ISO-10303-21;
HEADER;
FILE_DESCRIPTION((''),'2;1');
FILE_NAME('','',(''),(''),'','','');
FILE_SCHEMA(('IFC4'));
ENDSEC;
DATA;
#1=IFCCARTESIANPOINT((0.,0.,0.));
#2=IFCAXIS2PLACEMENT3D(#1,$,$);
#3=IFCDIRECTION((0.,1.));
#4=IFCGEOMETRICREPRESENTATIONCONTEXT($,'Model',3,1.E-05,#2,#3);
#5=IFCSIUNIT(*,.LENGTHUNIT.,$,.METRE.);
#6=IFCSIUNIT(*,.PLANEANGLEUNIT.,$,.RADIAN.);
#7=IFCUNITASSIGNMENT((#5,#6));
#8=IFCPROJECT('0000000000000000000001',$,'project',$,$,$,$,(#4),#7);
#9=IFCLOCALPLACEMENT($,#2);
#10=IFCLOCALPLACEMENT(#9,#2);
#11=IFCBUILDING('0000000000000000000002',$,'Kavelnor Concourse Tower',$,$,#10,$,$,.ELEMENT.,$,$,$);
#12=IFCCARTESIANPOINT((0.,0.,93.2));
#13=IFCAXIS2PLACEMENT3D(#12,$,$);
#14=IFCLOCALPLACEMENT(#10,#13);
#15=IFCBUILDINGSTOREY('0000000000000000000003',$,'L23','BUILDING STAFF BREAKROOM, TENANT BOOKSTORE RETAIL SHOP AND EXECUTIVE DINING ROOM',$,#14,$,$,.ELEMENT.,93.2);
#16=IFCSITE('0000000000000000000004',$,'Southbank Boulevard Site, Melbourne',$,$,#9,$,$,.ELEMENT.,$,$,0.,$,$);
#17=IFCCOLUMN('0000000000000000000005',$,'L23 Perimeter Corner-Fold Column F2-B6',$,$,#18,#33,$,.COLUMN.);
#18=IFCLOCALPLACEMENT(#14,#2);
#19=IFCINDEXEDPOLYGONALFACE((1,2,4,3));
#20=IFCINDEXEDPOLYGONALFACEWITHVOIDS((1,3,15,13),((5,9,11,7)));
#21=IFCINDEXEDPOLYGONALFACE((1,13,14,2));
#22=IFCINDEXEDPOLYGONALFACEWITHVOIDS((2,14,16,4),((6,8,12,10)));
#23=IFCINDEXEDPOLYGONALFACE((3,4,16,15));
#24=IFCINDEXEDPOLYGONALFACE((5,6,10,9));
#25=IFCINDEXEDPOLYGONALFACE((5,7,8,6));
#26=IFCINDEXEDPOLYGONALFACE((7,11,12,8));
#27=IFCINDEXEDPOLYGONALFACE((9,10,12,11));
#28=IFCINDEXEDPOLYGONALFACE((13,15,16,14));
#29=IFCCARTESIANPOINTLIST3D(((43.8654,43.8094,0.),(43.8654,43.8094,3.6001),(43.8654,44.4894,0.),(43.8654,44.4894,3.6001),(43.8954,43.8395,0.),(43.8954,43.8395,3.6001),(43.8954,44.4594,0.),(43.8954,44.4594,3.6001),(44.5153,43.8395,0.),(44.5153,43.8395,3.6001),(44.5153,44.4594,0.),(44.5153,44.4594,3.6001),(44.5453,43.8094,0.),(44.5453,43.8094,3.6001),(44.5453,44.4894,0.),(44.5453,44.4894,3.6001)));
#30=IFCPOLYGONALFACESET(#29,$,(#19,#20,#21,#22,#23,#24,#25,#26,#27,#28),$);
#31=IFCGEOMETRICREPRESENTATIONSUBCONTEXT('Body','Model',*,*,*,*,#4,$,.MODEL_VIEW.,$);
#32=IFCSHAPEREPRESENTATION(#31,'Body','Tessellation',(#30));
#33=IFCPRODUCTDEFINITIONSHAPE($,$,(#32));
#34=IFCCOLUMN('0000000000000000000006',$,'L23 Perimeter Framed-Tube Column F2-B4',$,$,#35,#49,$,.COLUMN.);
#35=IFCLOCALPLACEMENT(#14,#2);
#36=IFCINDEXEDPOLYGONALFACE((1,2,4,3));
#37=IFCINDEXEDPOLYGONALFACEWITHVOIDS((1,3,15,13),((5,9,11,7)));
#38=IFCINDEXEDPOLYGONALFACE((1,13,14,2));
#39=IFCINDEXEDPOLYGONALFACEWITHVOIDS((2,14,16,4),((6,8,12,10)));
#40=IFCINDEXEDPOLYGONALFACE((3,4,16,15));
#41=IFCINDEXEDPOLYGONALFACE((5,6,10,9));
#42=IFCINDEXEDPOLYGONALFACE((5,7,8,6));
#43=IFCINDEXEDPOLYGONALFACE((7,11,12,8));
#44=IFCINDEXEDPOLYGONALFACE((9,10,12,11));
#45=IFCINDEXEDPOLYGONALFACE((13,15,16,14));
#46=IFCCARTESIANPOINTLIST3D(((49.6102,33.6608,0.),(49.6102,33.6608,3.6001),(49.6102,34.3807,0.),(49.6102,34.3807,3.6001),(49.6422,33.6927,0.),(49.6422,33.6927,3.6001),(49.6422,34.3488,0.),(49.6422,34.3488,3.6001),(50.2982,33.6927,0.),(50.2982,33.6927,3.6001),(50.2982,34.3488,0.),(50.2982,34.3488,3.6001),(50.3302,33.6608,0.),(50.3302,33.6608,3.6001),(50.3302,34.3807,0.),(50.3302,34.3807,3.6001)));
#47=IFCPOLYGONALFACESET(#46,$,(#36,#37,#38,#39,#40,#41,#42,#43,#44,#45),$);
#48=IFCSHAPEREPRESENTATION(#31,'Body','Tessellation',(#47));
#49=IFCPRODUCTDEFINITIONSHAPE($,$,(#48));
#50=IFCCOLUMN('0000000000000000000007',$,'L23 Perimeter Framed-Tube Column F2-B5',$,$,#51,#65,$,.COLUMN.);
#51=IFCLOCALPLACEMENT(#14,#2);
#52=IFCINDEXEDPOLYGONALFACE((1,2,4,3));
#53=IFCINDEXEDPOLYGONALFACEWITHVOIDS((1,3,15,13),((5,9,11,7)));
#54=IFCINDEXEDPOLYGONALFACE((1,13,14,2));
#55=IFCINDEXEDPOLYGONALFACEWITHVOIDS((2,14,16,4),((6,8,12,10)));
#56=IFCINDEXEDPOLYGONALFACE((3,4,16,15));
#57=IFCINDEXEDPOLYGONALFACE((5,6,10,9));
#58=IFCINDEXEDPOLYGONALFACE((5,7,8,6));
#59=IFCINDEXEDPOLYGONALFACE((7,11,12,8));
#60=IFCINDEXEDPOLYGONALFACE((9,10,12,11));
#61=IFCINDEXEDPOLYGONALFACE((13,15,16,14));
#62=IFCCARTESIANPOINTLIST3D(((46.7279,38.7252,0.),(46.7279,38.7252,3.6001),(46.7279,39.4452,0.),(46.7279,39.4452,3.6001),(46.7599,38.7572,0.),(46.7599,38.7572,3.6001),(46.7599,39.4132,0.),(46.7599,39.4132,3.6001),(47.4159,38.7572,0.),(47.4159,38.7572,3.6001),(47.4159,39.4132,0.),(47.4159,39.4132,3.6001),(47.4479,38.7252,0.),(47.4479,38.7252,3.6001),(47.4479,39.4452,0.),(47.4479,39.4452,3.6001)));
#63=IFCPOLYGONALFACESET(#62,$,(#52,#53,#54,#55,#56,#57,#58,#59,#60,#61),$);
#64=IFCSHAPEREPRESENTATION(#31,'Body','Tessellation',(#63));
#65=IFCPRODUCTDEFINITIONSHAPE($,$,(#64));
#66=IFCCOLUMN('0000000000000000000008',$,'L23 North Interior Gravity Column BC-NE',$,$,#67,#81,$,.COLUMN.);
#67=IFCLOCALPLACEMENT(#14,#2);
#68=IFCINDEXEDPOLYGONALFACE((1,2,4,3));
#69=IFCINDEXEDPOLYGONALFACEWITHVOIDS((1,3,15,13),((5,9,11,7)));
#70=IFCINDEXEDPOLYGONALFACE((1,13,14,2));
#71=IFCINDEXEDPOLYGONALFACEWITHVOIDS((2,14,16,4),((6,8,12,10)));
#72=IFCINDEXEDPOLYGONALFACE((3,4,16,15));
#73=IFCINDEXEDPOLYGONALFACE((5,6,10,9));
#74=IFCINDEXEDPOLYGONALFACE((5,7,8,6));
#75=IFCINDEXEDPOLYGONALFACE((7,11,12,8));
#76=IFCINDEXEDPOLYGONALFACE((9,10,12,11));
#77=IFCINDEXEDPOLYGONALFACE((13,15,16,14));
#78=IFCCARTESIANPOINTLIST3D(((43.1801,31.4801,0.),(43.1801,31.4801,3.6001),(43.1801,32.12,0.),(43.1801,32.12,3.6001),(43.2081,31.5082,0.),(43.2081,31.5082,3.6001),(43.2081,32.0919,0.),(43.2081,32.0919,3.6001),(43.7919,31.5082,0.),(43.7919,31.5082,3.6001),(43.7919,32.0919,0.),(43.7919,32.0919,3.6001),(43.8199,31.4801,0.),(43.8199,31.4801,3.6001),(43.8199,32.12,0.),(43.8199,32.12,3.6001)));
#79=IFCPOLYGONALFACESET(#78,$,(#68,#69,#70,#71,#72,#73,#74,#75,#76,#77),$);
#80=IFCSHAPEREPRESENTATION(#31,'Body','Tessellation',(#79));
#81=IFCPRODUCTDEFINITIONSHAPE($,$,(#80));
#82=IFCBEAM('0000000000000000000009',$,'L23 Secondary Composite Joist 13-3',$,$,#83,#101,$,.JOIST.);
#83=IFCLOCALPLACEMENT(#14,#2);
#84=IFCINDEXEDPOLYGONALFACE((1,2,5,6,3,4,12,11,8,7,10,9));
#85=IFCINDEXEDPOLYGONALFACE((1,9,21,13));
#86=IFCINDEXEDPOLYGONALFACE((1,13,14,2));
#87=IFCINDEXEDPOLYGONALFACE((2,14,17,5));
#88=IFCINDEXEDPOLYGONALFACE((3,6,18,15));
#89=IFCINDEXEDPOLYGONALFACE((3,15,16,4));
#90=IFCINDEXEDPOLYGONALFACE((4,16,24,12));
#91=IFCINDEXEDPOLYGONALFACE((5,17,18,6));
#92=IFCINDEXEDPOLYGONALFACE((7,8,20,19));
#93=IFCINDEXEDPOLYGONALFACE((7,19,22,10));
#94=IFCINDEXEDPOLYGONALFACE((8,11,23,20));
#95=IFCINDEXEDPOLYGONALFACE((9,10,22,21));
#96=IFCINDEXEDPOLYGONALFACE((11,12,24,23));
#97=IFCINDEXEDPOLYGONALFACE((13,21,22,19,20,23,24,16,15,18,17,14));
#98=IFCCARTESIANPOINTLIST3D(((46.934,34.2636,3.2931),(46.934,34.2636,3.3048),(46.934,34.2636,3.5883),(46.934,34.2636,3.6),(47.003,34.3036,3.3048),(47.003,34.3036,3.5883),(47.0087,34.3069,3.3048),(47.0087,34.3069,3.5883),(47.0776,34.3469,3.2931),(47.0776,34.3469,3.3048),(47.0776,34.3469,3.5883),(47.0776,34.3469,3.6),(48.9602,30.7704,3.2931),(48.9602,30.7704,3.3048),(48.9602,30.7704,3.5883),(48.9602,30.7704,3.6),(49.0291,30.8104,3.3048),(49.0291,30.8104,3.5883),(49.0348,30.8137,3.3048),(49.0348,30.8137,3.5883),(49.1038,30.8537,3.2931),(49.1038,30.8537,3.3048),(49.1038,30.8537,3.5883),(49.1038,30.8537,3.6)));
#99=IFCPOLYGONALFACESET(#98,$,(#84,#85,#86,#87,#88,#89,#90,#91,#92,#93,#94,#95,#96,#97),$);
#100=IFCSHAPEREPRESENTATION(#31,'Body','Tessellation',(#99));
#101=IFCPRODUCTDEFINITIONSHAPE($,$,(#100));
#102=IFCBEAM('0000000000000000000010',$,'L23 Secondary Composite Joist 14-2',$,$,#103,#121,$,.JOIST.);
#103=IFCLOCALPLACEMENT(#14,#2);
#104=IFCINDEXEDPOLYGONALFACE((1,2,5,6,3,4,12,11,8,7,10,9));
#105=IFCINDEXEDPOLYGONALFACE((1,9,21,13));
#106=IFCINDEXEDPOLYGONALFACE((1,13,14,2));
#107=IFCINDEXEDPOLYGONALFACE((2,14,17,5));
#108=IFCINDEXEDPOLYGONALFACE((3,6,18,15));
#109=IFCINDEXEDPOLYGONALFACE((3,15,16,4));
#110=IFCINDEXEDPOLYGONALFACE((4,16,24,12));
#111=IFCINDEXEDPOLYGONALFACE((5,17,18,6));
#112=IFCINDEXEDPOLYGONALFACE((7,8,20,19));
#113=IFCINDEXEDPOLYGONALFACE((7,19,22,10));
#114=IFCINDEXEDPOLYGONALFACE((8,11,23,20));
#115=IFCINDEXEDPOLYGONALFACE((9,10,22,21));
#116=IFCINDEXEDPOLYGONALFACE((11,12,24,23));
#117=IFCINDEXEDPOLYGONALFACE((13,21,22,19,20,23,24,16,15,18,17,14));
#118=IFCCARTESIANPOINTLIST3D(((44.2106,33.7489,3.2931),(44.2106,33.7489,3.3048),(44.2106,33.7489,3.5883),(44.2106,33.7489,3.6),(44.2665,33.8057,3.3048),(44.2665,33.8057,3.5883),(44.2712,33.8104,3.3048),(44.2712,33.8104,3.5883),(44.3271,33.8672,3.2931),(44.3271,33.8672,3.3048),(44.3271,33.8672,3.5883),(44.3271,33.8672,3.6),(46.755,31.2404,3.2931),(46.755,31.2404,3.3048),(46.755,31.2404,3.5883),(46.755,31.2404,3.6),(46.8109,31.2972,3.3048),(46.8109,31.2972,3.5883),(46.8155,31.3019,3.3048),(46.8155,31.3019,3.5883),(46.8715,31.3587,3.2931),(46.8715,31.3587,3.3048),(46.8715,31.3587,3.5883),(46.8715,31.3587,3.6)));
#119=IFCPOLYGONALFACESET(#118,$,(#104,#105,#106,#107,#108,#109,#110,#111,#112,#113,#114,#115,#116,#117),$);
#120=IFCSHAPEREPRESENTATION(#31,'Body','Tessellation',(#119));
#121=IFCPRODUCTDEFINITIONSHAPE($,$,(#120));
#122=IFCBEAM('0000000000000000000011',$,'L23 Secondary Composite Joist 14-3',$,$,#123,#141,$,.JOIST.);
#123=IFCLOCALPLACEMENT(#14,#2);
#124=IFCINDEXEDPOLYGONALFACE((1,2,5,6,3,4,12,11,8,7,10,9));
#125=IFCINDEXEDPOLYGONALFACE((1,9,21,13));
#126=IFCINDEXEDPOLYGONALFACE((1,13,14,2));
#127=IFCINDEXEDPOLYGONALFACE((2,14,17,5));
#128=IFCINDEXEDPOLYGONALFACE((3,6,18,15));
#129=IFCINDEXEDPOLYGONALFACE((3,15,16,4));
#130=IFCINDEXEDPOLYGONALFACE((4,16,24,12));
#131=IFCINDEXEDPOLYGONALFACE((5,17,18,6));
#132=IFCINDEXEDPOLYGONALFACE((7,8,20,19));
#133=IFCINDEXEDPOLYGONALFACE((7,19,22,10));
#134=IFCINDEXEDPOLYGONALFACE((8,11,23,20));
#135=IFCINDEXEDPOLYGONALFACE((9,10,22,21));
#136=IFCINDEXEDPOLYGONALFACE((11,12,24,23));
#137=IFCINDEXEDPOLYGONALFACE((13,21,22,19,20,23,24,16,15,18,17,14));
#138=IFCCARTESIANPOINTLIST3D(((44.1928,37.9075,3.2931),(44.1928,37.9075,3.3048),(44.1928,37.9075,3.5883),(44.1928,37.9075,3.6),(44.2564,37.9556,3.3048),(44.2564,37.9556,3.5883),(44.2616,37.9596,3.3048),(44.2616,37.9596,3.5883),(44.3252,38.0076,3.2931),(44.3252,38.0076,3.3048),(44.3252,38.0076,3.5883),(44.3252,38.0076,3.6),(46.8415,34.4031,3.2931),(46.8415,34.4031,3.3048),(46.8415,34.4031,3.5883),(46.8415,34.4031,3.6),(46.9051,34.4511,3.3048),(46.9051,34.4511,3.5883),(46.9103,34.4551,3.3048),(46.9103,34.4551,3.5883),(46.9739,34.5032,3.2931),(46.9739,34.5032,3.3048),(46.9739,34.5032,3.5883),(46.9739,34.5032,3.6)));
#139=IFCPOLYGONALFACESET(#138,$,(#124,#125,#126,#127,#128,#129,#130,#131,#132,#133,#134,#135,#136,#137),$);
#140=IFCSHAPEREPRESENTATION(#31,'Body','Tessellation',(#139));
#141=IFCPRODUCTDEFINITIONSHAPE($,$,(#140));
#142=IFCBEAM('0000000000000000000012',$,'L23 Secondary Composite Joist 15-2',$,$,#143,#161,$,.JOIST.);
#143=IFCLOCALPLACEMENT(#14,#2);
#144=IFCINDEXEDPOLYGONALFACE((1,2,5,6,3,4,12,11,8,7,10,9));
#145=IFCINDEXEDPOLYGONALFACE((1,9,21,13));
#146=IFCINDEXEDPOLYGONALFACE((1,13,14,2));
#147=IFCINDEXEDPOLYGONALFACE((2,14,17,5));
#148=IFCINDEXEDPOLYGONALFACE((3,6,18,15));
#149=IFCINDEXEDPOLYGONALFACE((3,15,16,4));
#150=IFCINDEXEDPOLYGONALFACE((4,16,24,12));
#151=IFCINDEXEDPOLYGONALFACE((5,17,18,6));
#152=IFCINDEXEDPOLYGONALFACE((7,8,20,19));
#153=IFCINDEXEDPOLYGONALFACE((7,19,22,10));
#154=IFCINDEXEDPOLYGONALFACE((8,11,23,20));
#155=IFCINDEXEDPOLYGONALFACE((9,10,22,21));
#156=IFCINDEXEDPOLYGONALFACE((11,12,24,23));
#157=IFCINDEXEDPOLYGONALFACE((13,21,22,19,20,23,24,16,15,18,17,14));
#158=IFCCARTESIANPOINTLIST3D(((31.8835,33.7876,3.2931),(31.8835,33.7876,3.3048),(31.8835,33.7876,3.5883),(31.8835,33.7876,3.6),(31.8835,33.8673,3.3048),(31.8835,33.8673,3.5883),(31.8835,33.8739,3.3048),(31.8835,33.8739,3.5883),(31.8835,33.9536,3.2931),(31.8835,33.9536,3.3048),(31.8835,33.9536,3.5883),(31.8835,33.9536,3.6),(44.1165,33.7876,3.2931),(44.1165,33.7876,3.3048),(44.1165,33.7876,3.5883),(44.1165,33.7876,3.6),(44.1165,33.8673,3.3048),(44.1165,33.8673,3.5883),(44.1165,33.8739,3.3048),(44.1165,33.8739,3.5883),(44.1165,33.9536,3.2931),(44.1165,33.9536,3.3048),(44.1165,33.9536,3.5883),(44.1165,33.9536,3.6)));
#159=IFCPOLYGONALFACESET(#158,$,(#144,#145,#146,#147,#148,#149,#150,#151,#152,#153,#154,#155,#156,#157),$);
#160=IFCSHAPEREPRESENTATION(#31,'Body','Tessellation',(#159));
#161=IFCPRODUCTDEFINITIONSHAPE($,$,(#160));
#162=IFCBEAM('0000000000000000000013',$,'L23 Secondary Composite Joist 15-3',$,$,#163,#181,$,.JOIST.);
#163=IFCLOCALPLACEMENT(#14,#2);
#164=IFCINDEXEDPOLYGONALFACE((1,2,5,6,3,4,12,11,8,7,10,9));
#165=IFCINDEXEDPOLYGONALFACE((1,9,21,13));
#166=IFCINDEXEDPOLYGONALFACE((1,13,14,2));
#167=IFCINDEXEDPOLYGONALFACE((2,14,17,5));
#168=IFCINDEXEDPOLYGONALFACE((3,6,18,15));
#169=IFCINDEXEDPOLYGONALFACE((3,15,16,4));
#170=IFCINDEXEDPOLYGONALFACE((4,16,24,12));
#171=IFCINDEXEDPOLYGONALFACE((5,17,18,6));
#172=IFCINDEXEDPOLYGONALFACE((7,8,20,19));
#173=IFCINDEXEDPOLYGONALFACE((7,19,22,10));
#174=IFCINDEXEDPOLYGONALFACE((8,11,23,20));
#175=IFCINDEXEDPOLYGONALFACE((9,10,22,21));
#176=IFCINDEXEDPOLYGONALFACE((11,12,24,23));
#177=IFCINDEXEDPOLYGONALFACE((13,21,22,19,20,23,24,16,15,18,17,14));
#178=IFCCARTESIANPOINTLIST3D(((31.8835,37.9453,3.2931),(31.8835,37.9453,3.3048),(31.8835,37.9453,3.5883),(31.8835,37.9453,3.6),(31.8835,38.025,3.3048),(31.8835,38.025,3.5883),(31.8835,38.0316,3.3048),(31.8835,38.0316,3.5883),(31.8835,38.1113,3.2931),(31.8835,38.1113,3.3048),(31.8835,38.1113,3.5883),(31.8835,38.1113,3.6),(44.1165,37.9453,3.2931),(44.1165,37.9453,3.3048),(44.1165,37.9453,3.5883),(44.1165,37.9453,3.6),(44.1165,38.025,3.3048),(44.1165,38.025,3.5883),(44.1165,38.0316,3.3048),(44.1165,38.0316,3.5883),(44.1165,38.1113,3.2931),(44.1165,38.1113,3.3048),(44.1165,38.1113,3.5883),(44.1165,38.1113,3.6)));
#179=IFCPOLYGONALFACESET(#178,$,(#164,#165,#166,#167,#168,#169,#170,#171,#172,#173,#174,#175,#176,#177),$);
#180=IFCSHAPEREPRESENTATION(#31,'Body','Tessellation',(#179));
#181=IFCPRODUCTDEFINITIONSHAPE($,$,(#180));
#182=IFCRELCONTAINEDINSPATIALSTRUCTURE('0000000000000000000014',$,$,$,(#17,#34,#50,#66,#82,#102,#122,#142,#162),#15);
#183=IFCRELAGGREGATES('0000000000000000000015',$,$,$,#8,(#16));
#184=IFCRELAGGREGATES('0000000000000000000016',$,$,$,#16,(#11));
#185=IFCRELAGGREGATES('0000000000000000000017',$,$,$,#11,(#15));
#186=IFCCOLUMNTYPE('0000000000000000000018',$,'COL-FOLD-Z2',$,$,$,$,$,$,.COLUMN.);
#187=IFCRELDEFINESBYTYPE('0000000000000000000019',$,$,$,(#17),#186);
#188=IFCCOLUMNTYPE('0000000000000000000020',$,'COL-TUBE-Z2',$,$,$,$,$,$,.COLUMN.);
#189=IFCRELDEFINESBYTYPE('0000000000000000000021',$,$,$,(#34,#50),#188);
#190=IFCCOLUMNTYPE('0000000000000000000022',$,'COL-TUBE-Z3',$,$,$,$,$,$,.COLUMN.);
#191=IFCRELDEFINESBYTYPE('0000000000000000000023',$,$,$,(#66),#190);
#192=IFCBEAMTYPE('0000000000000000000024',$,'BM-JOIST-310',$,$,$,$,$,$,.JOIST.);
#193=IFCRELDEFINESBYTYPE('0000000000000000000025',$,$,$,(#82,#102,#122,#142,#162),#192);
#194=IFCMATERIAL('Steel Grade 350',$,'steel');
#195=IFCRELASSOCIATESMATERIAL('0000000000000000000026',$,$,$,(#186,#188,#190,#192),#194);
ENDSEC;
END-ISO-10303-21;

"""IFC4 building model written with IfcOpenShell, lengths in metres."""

from ifc_helpers import new_model, si_unit, direction, frame, origin, origin_2d, place, context, subcontext, project, spatial, hollow_rectangle, i_section, extrude, material, material_profile, profile_set, type_object, element, save


model = new_model("IFC4")

# Units and contexts
model_context = context("Model", 3, precision=1e-05, world=origin(), true_north=direction((0.0, 1.0)))
body_context = subcontext(model_context, "Body", "Model", "MODEL_VIEW")
ifc_project = project(units=[si_unit("LENGTHUNIT", "METRE"), si_unit("PLANEANGLEUNIT", "RADIAN")], contexts=[model_context])

# Site, building, storey
site_placement = place(None, origin())
site = spatial("IfcSite", under=ifc_project, at=site_placement, Name="Southbank Boulevard Site, Melbourne", CompositionType="ELEMENT", RefElevation=0.0)
building_placement = place(site_placement, origin())
building = spatial("IfcBuilding", under=site, at=building_placement, Name="Kavelnor Concourse Tower", CompositionType="ELEMENT")
storey_placement = place(building_placement, frame((0.0, 0.0, 93.2)))
storey = spatial("IfcBuildingStorey", under=building, at=storey_placement, Name="L23", Description="BUILDING STAFF BREAKROOM, TENANT BOOKSTORE RETAIL SHOP AND EXECUTIVE DINING ROOM", CompositionType="ELEMENT", Elevation=93.2)

# Columns
ifc_material_1 = material(Name="Steel Grade 350", Category="steel")
ifc_material_profile_1 = material_profile(ifc_material_1, hollow_rectangle(XDim=0.6799, YDim=0.6799, WallThickness=0.03, at=origin_2d()), Name="SHS 680x680x30")
ifc_profile_set_1 = profile_set([ifc_material_profile_1], Name="Steel Grade 350")
column_type_1 = type_object("IfcColumnType", Name="COL-FOLD-Z2", PredefinedType="COLUMN", material=ifc_profile_set_1)
column_1_placement = place(storey_placement, frame((44.2053, 44.1494, 0.0), z_axis=(0.0, 0.0, 1.0), x_axis=(1.0, 0.0, 0.0)))
element("IfcColumn", 1, at=column_1_placement, inside=storey, type_object=column_type_1, Name="L23 Perimeter Corner-Fold Column F2-B6", PredefinedType="COLUMN", context=body_context, shape_type="SweptSolid", body=[
    extrude(hollow_rectangle(XDim=0.6799, YDim=0.6799, WallThickness=0.03, at=origin_2d()), origin(), (0.0, 0.0, 1.0), 3.6001),
])
ifc_material_profile_2 = material_profile(ifc_material_1, hollow_rectangle(XDim=0.72, YDim=0.72, WallThickness=0.032, at=origin_2d()), Name="SHS 720x720x32")
ifc_profile_set_2 = profile_set([ifc_material_profile_2], Name="Steel Grade 350")
column_type_2 = type_object("IfcColumnType", Name="COL-TUBE-Z2", PredefinedType="COLUMN", material=ifc_profile_set_2)
for number, where, z_axis, x_axis, name in (
    (2, (49.9702, 34.0208, 0.0), (0.0, 0.0, 1.0), (1.0, 0.0, 0.0), "L23 Perimeter Framed-Tube Column F2-B4"),
    (3, (47.0879, 39.0852, 0.0), (0.0, 0.0, 1.0), (1.0, 0.0, 0.0), "L23 Perimeter Framed-Tube Column F2-B5"),
):
    element("IfcColumn", number, at=place(storey_placement, frame(where, z_axis=z_axis, x_axis=x_axis)), inside=storey, type_object=column_type_2, Name=name, PredefinedType="COLUMN", context=body_context, shape_type="SweptSolid", body=[
        extrude(hollow_rectangle(XDim=0.72, YDim=0.72, WallThickness=0.032, at=origin_2d()), origin(), (0.0, 0.0, 1.0), 3.6001),
    ])
ifc_material_profile_3 = material_profile(ifc_material_1, hollow_rectangle(XDim=0.6399, YDim=0.6399, WallThickness=0.0281, at=origin_2d()), Name="SHS 640x640x28")
ifc_profile_set_3 = profile_set([ifc_material_profile_3], Name="Steel Grade 350")
column_type_3 = type_object("IfcColumnType", Name="COL-TUBE-Z3", PredefinedType="COLUMN", material=ifc_profile_set_3)
column_2_placement = place(storey_placement, frame((43.5, 31.8, 0.0), z_axis=(0.0, 0.0, 1.0), x_axis=(1.0, 0.0, 0.0)))
element("IfcColumn", 4, at=column_2_placement, inside=storey, type_object=column_type_3, Name="L23 North Interior Gravity Column BC-NE", PredefinedType="COLUMN", context=body_context, shape_type="SweptSolid", body=[
    extrude(hollow_rectangle(XDim=0.6399, YDim=0.6399, WallThickness=0.0281, at=origin_2d()), origin(), (0.0, 0.0, 1.0), 3.6001),
])

# Beams
ifc_material_profile_4 = material_profile(ifc_material_1, i_section(OverallWidth=0.166, OverallDepth=0.3069, WebThickness=0.0066, FlangeThickness=0.0117, at=origin_2d()), Name="310UB46")
ifc_profile_set_4 = profile_set([ifc_material_profile_4], Name="Steel Grade 350")
beam_type_1 = type_object("IfcBeamType", Name="BM-JOIST-310", PredefinedType="JOIST", material=ifc_profile_set_4)
beam_1_placement = place(storey_placement, frame((49.032, 30.812, 3.4465), z_axis=(-0.501734, 0.865022, 0.0), x_axis=(-0.865022, -0.501734, 0.0)))
element("IfcBeam", 5, at=beam_1_placement, inside=storey, type_object=beam_type_1, Name="L23 Secondary Composite Joist 13-3", PredefinedType="JOIST", context=body_context, shape_type="SweptSolid", body=[
    extrude(i_section(OverallWidth=0.166, OverallDepth=0.3069, WebThickness=0.0066, FlangeThickness=0.0117, at=origin_2d()), origin(), (0.0, 0.0, 1.0), 4.0383),
])
beam_2_placement = place(storey_placement, frame((46.8132, 31.2996, 3.4465), z_axis=(-0.712111, 0.702067, 0.0), x_axis=(-0.702067, -0.712111, 0.0)))
element("IfcBeam", 6, at=beam_2_placement, inside=storey, type_object=beam_type_1, Name="L23 Secondary Composite Joist 14-2", PredefinedType="JOIST", context=body_context, shape_type="SweptSolid", body=[
    extrude(i_section(OverallWidth=0.166, OverallDepth=0.3069, WebThickness=0.0066, FlangeThickness=0.0117, at=origin_2d()), origin(), (0.0, 0.0, 1.0), 3.573),
])
beam_3_placement = place(storey_placement, frame((46.9077, 34.4531, 3.4465), z_axis=(-0.602966, 0.797767, 0.0), x_axis=(-0.797767, -0.602966, 0.0)))
element("IfcBeam", 7, at=beam_3_placement, inside=storey, type_object=beam_type_1, Name="L23 Secondary Composite Joist 14-3", PredefinedType="JOIST", context=body_context, shape_type="SweptSolid", body=[
    extrude(i_section(OverallWidth=0.166, OverallDepth=0.3069, WebThickness=0.0066, FlangeThickness=0.0117, at=origin_2d()), origin(), (0.0, 0.0, 1.0), 4.3928),
])
for number, where, z_axis, x_axis, name in (
    (8, (44.1165, 33.8706, 3.4465), (-1.0, 0.0, 0.0), (0.0, -1.0, 0.0), "L23 Secondary Composite Joist 15-2"),
    (9, (44.1165, 38.0283, 3.4465), (-1.0, 0.0, 0.0), (0.0, -1.0, 0.0), "L23 Secondary Composite Joist 15-3"),
):
    element("IfcBeam", number, at=place(storey_placement, frame(where, z_axis=z_axis, x_axis=x_axis)), inside=storey, type_object=beam_type_1, Name=name, PredefinedType="JOIST", context=body_context, shape_type="SweptSolid", body=[
        extrude(i_section(OverallWidth=0.166, OverallDepth=0.3069, WebThickness=0.0066, FlangeThickness=0.0117, at=origin_2d()), origin(), (0.0, 0.0, 1.0), 12.2329),
    ])

save(model, "model.ifc")
